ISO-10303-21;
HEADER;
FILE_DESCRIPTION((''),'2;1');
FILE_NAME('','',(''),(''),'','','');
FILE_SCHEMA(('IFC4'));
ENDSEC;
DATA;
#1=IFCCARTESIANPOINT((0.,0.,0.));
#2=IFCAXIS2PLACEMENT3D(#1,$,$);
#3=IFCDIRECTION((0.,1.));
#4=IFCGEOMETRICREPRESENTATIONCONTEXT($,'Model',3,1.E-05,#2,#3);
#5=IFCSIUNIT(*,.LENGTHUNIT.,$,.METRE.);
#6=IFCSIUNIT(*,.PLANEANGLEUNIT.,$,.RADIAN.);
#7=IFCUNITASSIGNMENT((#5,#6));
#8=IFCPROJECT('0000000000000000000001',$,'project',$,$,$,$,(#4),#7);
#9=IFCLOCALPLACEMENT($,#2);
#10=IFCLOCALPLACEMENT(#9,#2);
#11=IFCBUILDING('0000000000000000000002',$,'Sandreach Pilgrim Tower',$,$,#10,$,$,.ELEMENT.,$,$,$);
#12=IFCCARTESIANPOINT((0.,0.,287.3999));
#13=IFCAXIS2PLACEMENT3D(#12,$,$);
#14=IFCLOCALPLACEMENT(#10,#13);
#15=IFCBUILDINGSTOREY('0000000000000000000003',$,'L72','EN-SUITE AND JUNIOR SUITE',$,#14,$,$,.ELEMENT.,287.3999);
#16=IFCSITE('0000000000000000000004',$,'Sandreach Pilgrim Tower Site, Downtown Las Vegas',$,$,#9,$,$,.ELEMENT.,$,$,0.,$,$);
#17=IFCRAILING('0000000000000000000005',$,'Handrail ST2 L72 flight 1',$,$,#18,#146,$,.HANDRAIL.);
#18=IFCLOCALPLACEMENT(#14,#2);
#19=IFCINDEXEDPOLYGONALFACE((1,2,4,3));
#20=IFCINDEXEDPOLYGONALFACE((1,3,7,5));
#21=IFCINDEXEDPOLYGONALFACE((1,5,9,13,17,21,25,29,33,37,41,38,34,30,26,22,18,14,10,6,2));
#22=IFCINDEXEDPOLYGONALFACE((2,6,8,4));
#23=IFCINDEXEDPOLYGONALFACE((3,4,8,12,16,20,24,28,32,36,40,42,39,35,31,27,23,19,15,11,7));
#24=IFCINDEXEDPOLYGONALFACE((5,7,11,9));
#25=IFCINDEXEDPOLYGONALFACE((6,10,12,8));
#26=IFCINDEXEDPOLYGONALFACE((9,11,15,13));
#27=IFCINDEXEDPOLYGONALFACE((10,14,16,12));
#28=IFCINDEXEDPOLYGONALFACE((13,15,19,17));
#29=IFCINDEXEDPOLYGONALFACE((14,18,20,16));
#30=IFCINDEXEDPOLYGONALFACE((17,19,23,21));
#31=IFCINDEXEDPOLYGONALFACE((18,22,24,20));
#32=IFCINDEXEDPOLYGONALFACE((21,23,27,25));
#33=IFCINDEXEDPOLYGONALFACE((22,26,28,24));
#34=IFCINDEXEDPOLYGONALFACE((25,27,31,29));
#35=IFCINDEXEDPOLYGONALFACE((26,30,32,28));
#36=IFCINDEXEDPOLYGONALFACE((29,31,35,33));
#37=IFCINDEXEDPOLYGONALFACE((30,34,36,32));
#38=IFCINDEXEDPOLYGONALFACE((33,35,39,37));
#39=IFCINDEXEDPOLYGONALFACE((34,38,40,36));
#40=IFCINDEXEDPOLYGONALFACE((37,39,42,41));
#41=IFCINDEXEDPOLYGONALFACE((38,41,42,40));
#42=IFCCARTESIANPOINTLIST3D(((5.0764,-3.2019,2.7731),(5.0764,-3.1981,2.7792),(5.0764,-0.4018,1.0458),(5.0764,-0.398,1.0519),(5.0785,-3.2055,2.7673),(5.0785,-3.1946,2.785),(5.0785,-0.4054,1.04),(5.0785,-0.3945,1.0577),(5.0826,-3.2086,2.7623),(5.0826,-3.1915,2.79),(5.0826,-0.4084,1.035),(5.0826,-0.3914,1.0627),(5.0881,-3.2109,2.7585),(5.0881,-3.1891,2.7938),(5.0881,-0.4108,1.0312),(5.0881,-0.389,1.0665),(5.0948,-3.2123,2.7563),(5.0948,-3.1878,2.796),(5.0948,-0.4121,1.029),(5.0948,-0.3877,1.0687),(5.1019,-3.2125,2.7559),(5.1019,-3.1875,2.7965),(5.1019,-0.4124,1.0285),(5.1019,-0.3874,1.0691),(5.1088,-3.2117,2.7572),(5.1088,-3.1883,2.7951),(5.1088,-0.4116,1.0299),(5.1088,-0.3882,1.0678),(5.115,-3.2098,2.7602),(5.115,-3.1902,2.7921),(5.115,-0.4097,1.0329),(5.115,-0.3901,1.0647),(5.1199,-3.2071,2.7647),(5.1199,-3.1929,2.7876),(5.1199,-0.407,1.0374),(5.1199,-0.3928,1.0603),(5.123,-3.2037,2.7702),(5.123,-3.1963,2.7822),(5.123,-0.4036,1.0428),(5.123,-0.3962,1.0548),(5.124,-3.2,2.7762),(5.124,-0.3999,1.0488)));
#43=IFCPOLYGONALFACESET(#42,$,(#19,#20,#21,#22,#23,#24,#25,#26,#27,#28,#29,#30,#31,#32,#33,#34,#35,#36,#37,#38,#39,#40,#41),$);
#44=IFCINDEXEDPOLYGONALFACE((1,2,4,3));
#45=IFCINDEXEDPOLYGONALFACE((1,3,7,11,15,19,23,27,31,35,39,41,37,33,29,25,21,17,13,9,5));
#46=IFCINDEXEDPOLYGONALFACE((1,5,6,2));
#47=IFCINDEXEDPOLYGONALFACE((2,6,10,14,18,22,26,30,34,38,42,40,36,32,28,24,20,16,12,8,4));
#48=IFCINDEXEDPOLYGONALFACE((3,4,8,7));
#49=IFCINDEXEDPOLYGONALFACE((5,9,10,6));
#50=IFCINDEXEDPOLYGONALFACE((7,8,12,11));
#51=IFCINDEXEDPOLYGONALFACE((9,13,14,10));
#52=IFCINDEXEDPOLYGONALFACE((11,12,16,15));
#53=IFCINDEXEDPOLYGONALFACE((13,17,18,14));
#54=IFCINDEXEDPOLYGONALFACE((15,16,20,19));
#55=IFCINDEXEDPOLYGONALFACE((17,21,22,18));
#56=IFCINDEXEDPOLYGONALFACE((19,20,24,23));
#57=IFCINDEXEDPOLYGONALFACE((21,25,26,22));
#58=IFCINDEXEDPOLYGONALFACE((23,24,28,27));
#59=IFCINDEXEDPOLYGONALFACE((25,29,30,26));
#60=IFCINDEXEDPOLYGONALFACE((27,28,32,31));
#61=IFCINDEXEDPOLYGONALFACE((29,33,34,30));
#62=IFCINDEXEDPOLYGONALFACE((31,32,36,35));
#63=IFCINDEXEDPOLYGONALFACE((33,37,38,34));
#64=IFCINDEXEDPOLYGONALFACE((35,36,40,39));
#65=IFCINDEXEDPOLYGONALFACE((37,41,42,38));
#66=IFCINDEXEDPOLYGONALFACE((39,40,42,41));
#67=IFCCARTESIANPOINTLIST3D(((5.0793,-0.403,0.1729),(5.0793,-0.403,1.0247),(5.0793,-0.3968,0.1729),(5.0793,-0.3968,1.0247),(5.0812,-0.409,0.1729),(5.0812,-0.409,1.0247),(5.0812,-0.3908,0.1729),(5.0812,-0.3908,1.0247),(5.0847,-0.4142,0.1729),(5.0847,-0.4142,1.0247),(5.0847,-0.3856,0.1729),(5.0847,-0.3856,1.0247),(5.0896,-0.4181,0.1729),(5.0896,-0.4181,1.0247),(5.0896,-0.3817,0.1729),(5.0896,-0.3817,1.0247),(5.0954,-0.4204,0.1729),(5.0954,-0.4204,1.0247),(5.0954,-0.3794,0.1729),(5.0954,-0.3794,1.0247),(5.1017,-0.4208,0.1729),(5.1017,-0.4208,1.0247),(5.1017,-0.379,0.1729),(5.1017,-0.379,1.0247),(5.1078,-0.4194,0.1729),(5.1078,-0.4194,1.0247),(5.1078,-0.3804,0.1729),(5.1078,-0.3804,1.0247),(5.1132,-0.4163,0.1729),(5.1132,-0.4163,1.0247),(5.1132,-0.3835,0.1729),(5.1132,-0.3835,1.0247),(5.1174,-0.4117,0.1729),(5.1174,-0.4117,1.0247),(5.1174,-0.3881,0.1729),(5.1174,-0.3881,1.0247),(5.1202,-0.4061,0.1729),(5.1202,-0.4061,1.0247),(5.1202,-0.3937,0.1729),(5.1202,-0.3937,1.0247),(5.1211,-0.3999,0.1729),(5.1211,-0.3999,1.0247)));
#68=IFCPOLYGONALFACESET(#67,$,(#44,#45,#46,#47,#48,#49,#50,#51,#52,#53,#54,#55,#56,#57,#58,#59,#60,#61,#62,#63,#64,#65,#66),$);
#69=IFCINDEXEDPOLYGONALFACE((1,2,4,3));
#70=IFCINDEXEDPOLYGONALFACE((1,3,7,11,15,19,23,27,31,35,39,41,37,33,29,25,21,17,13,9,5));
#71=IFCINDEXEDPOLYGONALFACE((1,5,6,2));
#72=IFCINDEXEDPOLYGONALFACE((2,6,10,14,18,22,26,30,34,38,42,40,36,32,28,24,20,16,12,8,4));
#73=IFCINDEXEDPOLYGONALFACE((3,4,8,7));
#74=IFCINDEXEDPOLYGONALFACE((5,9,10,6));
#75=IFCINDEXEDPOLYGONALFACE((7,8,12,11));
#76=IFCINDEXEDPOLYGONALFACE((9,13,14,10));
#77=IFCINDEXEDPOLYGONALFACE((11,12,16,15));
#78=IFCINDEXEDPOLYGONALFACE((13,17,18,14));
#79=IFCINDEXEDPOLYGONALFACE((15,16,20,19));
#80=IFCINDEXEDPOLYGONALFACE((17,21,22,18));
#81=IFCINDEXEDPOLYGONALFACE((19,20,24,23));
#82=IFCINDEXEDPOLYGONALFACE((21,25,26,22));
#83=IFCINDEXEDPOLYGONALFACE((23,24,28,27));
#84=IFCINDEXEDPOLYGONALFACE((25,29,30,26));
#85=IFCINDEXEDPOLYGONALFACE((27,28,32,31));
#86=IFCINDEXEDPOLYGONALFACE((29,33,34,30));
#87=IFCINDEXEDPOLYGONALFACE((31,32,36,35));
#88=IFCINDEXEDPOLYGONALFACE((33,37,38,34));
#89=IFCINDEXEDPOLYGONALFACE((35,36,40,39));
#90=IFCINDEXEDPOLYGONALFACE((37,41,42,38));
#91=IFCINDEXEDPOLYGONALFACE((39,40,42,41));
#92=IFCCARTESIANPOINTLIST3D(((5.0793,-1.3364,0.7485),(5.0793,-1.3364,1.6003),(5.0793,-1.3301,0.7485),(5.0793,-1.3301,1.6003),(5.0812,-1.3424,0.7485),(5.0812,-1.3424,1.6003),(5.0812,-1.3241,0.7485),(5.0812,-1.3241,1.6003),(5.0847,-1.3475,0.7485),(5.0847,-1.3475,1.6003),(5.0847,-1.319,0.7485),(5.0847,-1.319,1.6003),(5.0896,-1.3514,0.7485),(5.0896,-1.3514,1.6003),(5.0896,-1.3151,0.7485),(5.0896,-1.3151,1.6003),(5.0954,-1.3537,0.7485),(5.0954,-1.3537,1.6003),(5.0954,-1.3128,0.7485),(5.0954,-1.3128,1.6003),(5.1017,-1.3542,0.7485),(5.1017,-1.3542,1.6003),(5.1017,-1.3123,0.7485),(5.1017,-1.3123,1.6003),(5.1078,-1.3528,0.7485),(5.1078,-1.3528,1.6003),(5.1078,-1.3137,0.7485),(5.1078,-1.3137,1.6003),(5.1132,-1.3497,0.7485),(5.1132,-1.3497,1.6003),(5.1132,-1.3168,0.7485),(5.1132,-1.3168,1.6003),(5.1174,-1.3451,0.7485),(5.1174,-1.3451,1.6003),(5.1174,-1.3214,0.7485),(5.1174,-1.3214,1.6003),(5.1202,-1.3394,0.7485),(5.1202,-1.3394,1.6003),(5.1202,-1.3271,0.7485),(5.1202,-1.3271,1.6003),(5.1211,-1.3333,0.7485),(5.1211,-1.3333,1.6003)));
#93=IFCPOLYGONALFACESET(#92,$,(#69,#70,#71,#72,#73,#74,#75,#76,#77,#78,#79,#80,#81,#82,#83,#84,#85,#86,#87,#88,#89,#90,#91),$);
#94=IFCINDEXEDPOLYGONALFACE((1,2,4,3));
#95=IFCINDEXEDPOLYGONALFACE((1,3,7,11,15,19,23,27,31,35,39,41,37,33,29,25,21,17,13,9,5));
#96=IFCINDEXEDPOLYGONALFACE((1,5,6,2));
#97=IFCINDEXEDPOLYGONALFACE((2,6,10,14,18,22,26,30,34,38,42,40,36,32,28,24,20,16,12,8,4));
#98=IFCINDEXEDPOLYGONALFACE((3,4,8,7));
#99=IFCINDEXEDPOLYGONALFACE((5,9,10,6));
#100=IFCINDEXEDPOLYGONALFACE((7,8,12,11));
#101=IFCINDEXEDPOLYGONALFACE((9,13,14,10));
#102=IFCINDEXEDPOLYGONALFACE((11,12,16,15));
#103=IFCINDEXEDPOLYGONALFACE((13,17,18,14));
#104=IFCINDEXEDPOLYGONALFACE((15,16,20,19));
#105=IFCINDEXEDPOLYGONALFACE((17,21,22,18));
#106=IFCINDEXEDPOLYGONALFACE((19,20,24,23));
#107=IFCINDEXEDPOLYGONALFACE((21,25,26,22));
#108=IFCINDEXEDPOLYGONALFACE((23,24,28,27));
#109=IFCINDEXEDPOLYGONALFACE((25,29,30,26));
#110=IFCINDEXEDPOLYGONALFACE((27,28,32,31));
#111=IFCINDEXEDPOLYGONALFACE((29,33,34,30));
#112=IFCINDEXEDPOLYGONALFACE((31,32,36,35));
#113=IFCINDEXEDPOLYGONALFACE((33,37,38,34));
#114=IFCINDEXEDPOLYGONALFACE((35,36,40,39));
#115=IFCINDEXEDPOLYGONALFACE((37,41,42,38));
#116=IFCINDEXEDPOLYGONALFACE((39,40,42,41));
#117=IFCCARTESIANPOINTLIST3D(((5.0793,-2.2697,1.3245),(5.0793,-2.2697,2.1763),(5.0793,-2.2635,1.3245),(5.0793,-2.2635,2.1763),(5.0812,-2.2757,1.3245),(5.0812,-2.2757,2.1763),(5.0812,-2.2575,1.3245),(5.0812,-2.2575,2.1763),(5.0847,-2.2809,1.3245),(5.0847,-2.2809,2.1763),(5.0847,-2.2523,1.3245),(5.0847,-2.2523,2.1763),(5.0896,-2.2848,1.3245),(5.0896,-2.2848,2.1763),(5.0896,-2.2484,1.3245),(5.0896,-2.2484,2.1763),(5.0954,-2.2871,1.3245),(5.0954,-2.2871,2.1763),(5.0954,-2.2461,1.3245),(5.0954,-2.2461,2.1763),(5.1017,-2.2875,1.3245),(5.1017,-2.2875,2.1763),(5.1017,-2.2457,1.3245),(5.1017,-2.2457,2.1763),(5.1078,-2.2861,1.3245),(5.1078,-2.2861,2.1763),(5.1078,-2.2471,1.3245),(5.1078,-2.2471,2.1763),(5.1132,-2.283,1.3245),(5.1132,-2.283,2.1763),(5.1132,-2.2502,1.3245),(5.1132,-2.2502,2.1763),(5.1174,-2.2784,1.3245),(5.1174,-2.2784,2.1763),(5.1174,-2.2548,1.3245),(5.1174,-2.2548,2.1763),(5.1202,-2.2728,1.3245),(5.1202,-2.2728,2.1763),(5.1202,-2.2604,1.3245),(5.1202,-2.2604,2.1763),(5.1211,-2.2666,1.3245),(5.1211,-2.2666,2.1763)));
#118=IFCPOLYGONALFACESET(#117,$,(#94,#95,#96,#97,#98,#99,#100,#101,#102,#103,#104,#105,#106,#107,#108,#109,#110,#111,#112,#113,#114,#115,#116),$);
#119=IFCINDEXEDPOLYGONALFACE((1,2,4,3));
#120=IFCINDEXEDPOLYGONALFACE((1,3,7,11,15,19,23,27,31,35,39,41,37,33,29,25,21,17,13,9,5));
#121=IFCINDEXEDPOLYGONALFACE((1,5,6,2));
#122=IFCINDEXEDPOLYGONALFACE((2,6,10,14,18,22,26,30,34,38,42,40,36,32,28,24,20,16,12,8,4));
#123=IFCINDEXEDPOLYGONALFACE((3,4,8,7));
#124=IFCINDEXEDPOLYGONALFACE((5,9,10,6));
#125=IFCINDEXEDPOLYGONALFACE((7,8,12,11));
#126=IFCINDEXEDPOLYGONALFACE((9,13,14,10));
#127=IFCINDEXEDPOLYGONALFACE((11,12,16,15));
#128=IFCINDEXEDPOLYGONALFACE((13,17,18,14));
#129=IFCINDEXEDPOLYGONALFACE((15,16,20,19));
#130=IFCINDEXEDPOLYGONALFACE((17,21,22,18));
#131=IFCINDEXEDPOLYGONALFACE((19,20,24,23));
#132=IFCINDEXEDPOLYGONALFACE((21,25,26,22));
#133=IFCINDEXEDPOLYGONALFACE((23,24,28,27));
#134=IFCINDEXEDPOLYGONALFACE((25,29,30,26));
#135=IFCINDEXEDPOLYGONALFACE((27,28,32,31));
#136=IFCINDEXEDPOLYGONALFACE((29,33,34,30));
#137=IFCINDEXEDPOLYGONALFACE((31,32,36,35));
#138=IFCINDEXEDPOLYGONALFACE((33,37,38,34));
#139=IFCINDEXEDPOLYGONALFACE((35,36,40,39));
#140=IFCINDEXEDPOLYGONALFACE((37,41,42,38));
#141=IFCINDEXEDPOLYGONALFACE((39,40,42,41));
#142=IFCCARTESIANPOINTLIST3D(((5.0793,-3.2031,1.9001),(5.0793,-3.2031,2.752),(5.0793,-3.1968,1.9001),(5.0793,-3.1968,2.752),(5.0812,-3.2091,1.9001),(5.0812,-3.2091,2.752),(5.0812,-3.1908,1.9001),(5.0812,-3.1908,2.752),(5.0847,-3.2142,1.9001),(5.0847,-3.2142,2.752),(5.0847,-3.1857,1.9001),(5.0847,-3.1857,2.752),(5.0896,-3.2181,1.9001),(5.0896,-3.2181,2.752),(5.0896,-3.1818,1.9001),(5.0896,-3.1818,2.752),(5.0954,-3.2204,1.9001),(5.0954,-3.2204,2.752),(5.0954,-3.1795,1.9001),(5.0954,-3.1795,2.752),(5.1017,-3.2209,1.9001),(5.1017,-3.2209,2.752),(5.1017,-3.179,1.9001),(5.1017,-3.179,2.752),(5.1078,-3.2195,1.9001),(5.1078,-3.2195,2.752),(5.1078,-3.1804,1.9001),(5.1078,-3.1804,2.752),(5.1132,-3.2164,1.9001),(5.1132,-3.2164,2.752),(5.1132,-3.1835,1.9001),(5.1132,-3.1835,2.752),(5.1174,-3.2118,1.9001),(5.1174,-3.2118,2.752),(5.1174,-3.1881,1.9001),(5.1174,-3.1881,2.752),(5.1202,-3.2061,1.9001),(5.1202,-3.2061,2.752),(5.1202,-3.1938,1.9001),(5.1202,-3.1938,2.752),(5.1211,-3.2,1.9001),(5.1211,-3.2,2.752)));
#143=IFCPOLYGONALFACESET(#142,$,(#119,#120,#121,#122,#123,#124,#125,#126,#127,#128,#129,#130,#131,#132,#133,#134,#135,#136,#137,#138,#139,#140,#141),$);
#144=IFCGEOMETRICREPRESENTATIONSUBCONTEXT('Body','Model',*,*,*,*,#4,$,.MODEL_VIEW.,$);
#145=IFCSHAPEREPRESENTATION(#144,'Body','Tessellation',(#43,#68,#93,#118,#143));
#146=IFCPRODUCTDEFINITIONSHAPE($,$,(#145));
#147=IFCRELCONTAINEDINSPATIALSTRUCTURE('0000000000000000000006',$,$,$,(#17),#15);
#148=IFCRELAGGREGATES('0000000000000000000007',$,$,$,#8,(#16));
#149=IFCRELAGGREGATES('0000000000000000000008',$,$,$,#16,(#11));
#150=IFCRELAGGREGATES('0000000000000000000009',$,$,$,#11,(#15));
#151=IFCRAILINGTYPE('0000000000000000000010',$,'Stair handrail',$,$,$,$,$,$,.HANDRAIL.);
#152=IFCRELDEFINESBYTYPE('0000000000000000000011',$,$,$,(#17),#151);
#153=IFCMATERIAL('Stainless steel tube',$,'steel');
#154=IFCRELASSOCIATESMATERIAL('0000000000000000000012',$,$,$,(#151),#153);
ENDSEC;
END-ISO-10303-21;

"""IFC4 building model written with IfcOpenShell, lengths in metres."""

from ifc_helpers import new_model, si_unit, direction, frame, origin, origin_2d, place, context, subcontext, project, spatial, circle, extrude, material, type_object, element, save


model = new_model("IFC4")

# Units and contexts
model_context = context("Model", 3, precision=1e-05, world=origin(), true_north=direction((0.0, 1.0)))
body_context = subcontext(model_context, "Body", "Model", "MODEL_VIEW")
ifc_project = project(units=[si_unit("LENGTHUNIT", "METRE"), si_unit("PLANEANGLEUNIT", "RADIAN")], contexts=[model_context])

# Site, building, storey
site_placement = place(None, origin())
site = spatial("IfcSite", under=ifc_project, at=site_placement, Name="Sandreach Pilgrim Tower Site, Downtown Las Vegas", CompositionType="ELEMENT", RefElevation=0.0)
building_placement = place(site_placement, origin())
building = spatial("IfcBuilding", under=site, at=building_placement, Name="Sandreach Pilgrim Tower", CompositionType="ELEMENT")
storey_placement = place(building_placement, frame((0.0, 0.0, 287.3999)))
storey = spatial("IfcBuildingStorey", under=building, at=storey_placement, Name="L72", Description="EN-SUITE AND JUNIOR SUITE", CompositionType="ELEMENT", Elevation=287.3999)

# Railing
ifc_material_1 = material(Name="Stainless steel tube", Category="steel")
railing_type = type_object("IfcRailingType", Name="Stair handrail", PredefinedType="HANDRAIL", material=ifc_material_1)
for number, where, name in (
    (1, (5.1001, -0.3999, 0.1729), "Handrail ST2 L72 flight 1"),
):
    element("IfcRailing", number, at=place(storey_placement, frame(where)), inside=storey, type_object=railing_type, Name=name, PredefinedType="HANDRAIL", context=body_context, shape_type="SweptSolid", body=[
        extrude(circle(Radius=0.0239, at=origin_2d()), frame((0.0, 0.0, 0.876), z_axis=(0.0, -0.85109, 0.52502), x_axis=(1.0, 0.0, 0.0)), (0.0, 0.0, 1.0), 3.29),
        extrude(circle(Radius=0.021, at=origin_2d()), origin(), (0.0, 0.0, 1.0), 0.8518),
        extrude(circle(Radius=0.021, at=origin_2d()), frame((0.0, -0.9333, 0.5757)), (0.0, 0.0, 1.0), 0.8518),
        extrude(circle(Radius=0.021, at=origin_2d()), frame((0.0, -1.8667, 1.1516)), (0.0, 0.0, 1.0), 0.8518),
        extrude(circle(Radius=0.021, at=origin_2d()), frame((0.0, -2.8, 1.7273)), (0.0, 0.0, 1.0), 0.8518),
    ])

save(model, "model.ifc")
